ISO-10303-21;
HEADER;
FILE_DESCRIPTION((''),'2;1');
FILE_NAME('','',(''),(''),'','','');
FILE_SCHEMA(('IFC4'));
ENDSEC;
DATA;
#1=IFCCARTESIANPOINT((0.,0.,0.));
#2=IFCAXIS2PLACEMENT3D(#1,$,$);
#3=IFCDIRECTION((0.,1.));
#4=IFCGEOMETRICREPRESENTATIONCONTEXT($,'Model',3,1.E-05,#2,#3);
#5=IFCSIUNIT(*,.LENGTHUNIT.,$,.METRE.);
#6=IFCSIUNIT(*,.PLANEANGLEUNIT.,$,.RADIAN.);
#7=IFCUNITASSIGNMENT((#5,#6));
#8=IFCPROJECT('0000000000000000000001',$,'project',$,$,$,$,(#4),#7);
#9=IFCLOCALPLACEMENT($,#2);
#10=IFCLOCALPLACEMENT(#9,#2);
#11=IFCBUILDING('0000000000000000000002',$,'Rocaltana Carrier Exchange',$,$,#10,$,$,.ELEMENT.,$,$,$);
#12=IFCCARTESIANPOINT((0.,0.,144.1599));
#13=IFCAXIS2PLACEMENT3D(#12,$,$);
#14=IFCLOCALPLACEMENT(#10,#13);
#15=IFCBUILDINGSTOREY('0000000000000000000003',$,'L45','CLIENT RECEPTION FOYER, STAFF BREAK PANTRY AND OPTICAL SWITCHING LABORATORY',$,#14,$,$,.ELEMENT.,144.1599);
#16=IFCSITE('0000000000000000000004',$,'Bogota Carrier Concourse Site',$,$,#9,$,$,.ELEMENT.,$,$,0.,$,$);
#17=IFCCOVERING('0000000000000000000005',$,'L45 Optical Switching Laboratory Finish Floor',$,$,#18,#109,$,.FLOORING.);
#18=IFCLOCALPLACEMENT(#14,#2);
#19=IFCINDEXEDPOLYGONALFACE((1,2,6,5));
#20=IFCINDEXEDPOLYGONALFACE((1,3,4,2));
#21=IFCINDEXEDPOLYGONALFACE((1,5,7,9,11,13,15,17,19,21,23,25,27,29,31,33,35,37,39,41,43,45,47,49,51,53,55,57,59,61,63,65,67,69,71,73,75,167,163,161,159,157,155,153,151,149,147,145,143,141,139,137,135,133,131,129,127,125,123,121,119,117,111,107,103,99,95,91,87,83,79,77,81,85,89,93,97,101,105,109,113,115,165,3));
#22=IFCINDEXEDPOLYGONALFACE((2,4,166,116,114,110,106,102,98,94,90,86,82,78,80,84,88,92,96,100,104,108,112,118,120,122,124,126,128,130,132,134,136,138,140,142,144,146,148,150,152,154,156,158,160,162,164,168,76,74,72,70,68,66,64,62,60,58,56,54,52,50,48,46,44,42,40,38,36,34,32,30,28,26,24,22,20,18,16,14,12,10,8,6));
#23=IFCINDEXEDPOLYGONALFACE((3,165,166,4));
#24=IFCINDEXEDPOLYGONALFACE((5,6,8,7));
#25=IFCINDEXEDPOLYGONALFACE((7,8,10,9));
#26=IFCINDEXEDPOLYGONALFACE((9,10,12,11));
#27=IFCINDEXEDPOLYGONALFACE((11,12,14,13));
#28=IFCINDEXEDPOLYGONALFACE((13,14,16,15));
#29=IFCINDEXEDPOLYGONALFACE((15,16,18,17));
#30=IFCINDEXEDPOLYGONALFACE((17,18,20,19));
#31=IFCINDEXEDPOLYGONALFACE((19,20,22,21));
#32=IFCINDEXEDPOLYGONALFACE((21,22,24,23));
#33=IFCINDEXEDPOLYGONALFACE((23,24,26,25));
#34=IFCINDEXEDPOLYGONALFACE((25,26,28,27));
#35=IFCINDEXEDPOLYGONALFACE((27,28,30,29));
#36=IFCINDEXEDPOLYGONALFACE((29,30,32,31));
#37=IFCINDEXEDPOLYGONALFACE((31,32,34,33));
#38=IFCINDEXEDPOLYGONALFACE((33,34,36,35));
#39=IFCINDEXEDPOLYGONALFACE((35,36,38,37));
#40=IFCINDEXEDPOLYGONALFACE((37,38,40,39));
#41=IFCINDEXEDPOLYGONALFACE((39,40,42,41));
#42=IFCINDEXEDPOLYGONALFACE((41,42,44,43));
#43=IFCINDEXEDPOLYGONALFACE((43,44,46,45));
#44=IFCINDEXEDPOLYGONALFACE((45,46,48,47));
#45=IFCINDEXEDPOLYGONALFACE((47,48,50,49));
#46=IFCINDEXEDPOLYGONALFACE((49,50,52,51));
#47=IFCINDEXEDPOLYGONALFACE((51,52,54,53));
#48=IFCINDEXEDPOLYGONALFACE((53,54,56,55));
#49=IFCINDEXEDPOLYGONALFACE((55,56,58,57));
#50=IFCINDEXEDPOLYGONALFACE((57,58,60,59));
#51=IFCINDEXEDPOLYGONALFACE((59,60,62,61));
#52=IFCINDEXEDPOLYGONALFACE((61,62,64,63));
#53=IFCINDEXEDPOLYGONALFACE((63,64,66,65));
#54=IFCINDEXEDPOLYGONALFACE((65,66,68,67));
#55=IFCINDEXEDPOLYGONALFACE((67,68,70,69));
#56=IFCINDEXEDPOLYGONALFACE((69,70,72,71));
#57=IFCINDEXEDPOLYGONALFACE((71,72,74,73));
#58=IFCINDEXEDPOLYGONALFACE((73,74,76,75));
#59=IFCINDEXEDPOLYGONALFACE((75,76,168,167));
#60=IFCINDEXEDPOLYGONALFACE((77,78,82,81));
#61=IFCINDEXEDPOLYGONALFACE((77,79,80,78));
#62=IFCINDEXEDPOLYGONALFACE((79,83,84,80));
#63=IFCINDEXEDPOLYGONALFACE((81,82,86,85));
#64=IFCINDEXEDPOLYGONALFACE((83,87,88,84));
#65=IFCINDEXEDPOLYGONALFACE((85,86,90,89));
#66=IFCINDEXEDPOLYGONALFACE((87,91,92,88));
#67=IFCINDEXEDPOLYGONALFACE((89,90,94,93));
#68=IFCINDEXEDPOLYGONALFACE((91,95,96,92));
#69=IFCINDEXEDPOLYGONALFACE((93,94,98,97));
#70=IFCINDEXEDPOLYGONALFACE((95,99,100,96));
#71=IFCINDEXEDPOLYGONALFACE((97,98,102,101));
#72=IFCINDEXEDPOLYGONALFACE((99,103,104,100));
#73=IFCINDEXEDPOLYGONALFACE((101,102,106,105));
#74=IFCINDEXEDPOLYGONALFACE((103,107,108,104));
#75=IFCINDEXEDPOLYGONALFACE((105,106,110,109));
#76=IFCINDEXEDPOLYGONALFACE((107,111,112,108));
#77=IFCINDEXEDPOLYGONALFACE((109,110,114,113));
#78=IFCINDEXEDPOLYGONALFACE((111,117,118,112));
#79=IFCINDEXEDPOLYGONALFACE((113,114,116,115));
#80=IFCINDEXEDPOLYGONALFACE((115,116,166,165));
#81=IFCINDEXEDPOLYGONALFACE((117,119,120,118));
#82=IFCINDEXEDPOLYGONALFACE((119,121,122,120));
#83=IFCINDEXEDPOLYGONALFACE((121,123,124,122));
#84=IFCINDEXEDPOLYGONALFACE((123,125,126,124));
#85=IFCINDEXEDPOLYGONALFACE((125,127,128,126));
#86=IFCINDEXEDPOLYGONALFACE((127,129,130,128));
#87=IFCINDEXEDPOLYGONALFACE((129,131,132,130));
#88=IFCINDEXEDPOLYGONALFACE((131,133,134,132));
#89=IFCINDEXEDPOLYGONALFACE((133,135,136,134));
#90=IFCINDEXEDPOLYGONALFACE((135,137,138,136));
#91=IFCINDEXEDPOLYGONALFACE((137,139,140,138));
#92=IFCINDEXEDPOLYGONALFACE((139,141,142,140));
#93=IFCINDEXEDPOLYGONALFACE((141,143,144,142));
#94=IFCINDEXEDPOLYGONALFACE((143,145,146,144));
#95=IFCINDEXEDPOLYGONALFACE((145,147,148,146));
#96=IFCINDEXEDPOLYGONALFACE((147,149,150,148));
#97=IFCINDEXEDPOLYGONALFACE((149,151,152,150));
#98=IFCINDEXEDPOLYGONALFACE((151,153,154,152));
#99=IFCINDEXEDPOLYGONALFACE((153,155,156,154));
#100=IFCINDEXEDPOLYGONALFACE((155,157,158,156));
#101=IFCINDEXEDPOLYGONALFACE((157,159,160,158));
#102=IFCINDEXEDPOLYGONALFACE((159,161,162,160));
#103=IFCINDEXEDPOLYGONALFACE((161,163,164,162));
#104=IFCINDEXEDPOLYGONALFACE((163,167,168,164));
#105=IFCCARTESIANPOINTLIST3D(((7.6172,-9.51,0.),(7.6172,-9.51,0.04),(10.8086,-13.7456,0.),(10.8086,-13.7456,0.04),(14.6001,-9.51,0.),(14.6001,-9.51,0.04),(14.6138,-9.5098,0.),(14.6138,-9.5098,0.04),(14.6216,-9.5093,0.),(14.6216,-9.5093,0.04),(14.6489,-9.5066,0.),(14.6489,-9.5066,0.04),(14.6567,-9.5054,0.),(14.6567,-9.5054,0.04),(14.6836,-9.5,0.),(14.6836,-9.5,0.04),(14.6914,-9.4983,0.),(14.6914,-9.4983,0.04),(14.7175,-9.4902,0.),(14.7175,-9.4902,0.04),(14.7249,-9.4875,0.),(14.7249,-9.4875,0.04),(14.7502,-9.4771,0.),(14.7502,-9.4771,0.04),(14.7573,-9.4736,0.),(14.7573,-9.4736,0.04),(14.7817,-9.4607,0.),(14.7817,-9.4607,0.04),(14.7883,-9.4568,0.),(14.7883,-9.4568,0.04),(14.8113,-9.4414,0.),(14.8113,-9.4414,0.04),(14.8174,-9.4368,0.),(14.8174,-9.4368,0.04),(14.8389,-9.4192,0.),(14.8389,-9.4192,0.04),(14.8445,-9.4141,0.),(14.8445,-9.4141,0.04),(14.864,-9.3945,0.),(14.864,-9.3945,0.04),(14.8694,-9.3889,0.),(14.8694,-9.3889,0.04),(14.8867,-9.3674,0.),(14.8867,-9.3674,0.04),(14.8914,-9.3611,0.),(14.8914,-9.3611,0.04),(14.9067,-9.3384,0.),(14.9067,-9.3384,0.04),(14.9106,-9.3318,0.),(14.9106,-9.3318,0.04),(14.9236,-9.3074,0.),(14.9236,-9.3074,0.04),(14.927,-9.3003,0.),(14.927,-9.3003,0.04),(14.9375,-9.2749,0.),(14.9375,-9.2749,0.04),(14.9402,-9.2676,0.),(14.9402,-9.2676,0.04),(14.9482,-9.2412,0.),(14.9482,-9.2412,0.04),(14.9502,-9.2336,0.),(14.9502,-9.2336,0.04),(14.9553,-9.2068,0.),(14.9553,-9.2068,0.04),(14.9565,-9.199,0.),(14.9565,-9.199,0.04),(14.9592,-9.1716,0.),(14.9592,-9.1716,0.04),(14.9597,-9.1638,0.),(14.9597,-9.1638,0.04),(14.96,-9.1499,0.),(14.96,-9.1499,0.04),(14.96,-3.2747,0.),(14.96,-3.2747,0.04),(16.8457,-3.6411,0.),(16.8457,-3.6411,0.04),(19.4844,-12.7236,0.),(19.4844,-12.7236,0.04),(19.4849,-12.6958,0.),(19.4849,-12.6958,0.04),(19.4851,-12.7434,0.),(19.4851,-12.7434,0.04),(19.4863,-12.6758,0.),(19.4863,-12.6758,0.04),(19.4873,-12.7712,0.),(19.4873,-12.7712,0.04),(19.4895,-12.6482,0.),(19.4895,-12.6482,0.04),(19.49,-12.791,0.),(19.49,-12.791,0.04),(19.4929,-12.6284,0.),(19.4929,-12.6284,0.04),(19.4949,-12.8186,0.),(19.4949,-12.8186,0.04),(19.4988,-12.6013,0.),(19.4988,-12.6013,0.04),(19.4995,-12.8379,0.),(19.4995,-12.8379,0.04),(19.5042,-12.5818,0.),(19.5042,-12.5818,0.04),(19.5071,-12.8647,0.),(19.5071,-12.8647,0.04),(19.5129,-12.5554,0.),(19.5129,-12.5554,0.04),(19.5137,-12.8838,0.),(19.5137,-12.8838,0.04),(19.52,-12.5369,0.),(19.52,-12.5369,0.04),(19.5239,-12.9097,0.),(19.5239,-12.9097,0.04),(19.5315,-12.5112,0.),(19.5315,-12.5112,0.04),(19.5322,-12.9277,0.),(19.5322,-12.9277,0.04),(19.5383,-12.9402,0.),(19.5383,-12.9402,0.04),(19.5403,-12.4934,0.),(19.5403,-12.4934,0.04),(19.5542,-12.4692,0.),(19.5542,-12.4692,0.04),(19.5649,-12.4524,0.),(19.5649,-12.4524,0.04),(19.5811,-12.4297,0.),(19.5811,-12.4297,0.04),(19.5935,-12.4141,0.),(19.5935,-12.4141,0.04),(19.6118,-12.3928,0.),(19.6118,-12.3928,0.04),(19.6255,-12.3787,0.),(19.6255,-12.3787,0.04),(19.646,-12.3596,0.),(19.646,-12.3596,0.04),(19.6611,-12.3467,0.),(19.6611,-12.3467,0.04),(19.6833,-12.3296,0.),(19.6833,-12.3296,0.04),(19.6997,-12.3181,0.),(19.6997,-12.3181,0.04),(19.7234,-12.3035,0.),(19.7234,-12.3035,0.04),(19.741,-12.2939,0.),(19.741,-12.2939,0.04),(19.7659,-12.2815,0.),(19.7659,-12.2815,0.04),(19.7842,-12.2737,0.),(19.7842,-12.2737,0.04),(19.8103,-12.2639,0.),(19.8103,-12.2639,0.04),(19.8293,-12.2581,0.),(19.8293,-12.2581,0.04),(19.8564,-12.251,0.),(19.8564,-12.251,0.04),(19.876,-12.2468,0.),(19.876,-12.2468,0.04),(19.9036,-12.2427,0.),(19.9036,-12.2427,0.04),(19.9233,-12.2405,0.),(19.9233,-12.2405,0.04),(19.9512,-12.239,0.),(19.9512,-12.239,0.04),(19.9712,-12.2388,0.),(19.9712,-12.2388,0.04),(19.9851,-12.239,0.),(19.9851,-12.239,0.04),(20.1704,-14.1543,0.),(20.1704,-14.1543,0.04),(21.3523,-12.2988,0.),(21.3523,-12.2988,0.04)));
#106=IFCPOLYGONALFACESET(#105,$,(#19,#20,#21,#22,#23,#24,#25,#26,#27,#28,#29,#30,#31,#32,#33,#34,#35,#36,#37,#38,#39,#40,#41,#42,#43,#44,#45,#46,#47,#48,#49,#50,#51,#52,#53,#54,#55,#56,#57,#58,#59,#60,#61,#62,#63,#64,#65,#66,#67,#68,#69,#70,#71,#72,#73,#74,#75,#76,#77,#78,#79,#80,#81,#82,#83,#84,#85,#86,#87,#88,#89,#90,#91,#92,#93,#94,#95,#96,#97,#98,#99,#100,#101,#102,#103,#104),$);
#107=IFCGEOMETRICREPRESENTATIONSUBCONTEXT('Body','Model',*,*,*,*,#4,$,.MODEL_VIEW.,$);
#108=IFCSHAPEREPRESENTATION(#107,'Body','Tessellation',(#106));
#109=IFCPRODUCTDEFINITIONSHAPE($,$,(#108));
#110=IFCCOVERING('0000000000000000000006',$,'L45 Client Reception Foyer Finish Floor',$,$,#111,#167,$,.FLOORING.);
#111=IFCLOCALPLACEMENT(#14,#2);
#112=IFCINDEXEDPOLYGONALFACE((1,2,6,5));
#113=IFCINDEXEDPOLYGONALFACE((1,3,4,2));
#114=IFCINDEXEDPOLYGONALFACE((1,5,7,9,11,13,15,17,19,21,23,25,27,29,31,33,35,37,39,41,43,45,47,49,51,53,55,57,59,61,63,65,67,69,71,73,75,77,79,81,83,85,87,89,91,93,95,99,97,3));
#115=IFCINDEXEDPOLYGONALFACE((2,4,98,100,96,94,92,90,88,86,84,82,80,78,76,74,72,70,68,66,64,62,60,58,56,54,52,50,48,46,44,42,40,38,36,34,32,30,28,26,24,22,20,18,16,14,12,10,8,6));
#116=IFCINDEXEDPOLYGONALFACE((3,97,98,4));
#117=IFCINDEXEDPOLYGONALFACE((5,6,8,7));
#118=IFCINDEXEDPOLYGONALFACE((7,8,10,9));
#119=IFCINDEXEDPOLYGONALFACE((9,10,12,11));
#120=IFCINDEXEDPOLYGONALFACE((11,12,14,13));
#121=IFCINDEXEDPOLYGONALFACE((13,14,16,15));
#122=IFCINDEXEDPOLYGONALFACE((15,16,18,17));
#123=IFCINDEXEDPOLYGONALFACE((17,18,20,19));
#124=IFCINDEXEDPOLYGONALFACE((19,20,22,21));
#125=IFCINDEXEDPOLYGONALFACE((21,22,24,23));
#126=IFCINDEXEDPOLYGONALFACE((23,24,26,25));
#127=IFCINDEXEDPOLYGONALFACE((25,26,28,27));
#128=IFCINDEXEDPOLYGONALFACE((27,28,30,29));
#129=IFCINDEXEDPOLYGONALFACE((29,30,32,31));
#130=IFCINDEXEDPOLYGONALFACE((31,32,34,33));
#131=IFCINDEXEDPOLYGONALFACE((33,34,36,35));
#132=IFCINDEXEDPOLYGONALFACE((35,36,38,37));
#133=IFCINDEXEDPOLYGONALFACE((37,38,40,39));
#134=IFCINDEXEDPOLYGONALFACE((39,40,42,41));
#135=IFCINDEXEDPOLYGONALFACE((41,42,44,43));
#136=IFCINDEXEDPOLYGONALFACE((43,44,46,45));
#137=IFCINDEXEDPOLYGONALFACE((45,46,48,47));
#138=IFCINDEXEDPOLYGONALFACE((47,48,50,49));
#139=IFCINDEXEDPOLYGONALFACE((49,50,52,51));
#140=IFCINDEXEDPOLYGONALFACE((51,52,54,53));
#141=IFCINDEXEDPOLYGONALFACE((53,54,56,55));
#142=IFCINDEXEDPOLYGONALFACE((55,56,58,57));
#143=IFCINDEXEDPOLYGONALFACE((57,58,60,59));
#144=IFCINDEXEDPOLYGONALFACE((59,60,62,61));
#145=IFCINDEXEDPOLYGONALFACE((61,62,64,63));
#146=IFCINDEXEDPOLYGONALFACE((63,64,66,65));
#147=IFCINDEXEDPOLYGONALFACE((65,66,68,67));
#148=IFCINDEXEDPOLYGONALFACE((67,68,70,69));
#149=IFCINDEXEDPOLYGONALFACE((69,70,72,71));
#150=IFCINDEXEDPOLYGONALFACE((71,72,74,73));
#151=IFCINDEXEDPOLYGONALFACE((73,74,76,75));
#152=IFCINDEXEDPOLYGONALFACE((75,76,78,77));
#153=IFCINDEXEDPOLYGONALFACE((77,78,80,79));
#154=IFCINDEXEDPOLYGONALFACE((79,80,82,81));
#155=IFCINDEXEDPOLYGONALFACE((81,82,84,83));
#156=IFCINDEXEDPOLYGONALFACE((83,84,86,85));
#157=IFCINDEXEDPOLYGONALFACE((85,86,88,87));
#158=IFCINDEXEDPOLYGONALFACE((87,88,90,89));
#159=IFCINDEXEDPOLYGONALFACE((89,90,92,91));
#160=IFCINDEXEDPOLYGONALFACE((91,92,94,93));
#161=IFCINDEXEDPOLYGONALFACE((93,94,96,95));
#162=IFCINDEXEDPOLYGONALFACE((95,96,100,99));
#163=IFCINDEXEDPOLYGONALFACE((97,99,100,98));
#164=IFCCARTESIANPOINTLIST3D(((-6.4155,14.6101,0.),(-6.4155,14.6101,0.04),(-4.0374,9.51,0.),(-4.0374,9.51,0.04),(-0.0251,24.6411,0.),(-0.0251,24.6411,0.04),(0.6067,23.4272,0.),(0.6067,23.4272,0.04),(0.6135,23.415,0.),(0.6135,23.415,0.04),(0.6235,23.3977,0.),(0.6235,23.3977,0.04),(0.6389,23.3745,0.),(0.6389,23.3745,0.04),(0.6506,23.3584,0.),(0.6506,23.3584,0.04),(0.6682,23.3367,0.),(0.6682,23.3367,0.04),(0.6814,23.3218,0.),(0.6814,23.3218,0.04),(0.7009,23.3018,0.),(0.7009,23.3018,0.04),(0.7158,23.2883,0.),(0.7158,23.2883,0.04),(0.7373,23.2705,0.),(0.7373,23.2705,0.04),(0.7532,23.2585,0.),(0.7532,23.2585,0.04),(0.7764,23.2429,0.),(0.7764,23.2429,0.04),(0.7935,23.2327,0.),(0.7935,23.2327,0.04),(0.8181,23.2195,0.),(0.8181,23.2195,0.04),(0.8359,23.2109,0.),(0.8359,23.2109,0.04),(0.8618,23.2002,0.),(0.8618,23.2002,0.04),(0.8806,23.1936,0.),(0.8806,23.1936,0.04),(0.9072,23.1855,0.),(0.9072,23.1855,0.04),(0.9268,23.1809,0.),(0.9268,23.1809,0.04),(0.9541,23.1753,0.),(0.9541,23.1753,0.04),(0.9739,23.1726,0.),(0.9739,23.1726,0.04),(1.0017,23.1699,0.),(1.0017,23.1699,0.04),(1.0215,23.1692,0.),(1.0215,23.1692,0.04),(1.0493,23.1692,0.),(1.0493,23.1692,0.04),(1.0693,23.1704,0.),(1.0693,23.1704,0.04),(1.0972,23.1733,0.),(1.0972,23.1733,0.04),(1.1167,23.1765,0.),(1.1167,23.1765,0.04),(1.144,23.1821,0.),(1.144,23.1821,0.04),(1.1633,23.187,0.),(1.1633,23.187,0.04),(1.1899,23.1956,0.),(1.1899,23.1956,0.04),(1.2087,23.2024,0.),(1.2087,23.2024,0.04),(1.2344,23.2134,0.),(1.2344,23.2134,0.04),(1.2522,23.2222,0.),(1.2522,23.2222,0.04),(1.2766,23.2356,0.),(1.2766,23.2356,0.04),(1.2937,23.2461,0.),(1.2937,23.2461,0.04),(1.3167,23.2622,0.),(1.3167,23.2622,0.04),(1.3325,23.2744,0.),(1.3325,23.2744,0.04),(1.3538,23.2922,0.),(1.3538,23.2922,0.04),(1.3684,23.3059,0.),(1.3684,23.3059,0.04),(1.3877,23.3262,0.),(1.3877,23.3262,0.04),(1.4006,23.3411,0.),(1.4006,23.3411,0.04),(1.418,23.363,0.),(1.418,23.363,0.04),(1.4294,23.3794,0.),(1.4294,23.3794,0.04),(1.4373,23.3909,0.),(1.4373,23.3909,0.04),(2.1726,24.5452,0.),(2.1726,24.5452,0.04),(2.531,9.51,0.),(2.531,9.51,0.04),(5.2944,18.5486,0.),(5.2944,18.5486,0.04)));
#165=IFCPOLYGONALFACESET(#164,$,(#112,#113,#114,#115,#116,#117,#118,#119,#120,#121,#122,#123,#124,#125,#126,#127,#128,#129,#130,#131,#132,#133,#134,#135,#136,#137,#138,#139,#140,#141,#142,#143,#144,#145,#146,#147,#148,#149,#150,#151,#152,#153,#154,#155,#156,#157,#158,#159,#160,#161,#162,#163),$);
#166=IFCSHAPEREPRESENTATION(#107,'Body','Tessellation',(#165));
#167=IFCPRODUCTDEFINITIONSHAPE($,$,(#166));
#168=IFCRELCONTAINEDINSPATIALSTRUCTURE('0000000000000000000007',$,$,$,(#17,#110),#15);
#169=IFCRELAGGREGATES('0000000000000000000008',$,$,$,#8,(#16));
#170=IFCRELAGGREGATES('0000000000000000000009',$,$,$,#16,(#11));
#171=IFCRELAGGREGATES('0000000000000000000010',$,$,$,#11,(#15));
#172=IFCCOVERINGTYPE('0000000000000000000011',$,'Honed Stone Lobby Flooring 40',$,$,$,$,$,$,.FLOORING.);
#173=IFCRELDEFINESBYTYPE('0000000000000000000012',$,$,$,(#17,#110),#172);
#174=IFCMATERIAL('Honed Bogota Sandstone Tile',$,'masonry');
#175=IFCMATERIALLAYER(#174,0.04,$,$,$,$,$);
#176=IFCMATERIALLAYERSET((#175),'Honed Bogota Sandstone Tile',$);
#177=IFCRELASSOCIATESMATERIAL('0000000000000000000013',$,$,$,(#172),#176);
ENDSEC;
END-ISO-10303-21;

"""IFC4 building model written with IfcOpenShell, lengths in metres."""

from ifc_helpers import new_model, si_unit, direction, frame, origin, place, context, subcontext, project, spatial, polyline, outline, extrude, material, layer, layer_set, type_object, element, save


model = new_model("IFC4")

# Units and contexts
model_context = context("Model", 3, precision=1e-05, world=origin(), true_north=direction((0.0, 1.0)))
body_context = subcontext(model_context, "Body", "Model", "MODEL_VIEW")
ifc_project = project(units=[si_unit("LENGTHUNIT", "METRE"), si_unit("PLANEANGLEUNIT", "RADIAN")], contexts=[model_context])

# Site, building, storey
site_placement = place(None, origin())
site = spatial("IfcSite", under=ifc_project, at=site_placement, Name="Bogota Carrier Concourse Site", CompositionType="ELEMENT", RefElevation=0.0)
building_placement = place(site_placement, origin())
building = spatial("IfcBuilding", under=site, at=building_placement, Name="Rocaltana Carrier Exchange", CompositionType="ELEMENT")
storey_placement = place(building_placement, frame((0.0, 0.0, 144.1599)))
storey = spatial("IfcBuildingStorey", under=building, at=storey_placement, Name="L45", Description="CLIENT RECEPTION FOYER, STAFF BREAK PANTRY AND OPTICAL SWITCHING LABORATORY", CompositionType="ELEMENT", Elevation=144.1599)

# Coverings
ifc_material_1 = material(Name="Honed Bogota Sandstone Tile", Category="masonry")
ifc_layer_1 = layer(ifc_material_1, 0.04)
ifc_layer_set_1 = layer_set([ifc_layer_1], Name="Honed Bogota Sandstone Tile")
covering_type_1 = type_object("IfcCoveringType", Name="Honed Stone Lobby Flooring 40", PredefinedType="FLOORING", material=ifc_layer_set_1)
covering_1_placement = place(storey_placement, origin())
element("IfcCovering", 1, at=covering_1_placement, inside=storey, type_object=covering_type_1, Name="L45 Optical Switching Laboratory Finish Floor", PredefinedType="FLOORING", context=body_context, shape_type="SweptSolid", body=[
    extrude(outline(polyline([(21.3523, -12.2988), (19.9851, -12.239), (19.9712, -12.2388), (19.9512, -12.239), (19.9233, -12.2405), (19.9036, -12.2427), (19.876, -12.2468), (19.8564, -12.251), (19.8293, -12.2581), (19.8103, -12.2639), (19.7842, -12.2737), (19.7659, -12.2815), (19.741, -12.2939), (19.7234, -12.3035), (19.6997, -12.3181), (19.6833, -12.3296), (19.6611, -12.3467), (19.646, -12.3596), (19.6255, -12.3787), (19.6118, -12.3928), (19.5935, -12.4141), (19.5811, -12.4297), (19.5649, -12.4524), (19.5542, -12.4692), (19.5403, -12.4934), (19.5315, -12.5112), (19.52, -12.5369), (19.5129, -12.5554), (19.5042, -12.5818), (19.4988, -12.6013), (19.4929, -12.6284), (19.4895, -12.6482), (19.4863, -12.6758), (19.4849, -12.6958), (19.4844, -12.7236), (19.4851, -12.7434), (19.4873, -12.7712), (19.49, -12.791), (19.4949, -12.8186), (19.4995, -12.8379), (19.5071, -12.8647), (19.5137, -12.8838), (19.5239, -12.9097), (19.5322, -12.9277), (19.5383, -12.9402), (20.1704, -14.1543), (10.8086, -13.7456), (7.6172, -9.51), (14.6001, -9.51), (14.6138, -9.5098), (14.6216, -9.5093), (14.6489, -9.5066), (14.6567, -9.5054), (14.6836, -9.5), (14.6914, -9.4983), (14.7175, -9.4902), (14.7249, -9.4875), (14.7502, -9.4771), (14.7573, -9.4736), (14.7817, -9.4607), (14.7883, -9.4568), (14.8113, -9.4414), (14.8174, -9.4368), (14.8389, -9.4192), (14.8445, -9.4141), (14.864, -9.3945), (14.8694, -9.3889), (14.8867, -9.3674), (14.8914, -9.3611), (14.9067, -9.3384), (14.9106, -9.3318), (14.9236, -9.3074), (14.927, -9.3003), (14.9375, -9.2749), (14.9402, -9.2676), (14.9482, -9.2412), (14.9502, -9.2336), (14.9553, -9.2068), (14.9565, -9.199), (14.9592, -9.1716), (14.9597, -9.1638), (14.96, -9.1499), (14.96, -3.2747), (16.8457, -3.6411), (21.3523, -12.2988)])), origin(), (0.0, 0.0, 1.0), 0.04),
])
covering_2_placement = place(storey_placement, origin())
element("IfcCovering", 2, at=covering_2_placement, inside=storey, type_object=covering_type_1, Name="L45 Client Reception Foyer Finish Floor", PredefinedType="FLOORING", context=body_context, shape_type="SweptSolid", body=[
    extrude(outline(polyline([(-0.0251, 24.6411), (0.6067, 23.4272), (0.6135, 23.415), (0.6235, 23.3977), (0.6389, 23.3745), (0.6506, 23.3584), (0.6682, 23.3367), (0.6814, 23.3218), (0.7009, 23.3018), (0.7158, 23.2883), (0.7373, 23.2705), (0.7532, 23.2585), (0.7764, 23.2429), (0.7935, 23.2327), (0.8181, 23.2195), (0.8359, 23.2109), (0.8618, 23.2002), (0.8806, 23.1936), (0.9072, 23.1855), (0.9268, 23.1809), (0.9541, 23.1753), (0.9739, 23.1726), (1.0017, 23.1699), (1.0215, 23.1692), (1.0493, 23.1692), (1.0693, 23.1704), (1.0972, 23.1733), (1.1167, 23.1765), (1.144, 23.1821), (1.1633, 23.187), (1.1899, 23.1956), (1.2087, 23.2024), (1.2344, 23.2134), (1.2522, 23.2222), (1.2766, 23.2356), (1.2937, 23.2461), (1.3167, 23.2622), (1.3325, 23.2744), (1.3538, 23.2922), (1.3684, 23.3059), (1.3877, 23.3262), (1.4006, 23.3411), (1.418, 23.363), (1.4294, 23.3794), (1.4373, 23.3909), (2.1726, 24.5452), (5.2944, 18.5486), (2.531, 9.51), (-4.0374, 9.51), (-6.4155, 14.6101), (-0.0251, 24.6411)])), origin(), (0.0, 0.0, 1.0), 0.04),
])

save(model, "model.ifc")
